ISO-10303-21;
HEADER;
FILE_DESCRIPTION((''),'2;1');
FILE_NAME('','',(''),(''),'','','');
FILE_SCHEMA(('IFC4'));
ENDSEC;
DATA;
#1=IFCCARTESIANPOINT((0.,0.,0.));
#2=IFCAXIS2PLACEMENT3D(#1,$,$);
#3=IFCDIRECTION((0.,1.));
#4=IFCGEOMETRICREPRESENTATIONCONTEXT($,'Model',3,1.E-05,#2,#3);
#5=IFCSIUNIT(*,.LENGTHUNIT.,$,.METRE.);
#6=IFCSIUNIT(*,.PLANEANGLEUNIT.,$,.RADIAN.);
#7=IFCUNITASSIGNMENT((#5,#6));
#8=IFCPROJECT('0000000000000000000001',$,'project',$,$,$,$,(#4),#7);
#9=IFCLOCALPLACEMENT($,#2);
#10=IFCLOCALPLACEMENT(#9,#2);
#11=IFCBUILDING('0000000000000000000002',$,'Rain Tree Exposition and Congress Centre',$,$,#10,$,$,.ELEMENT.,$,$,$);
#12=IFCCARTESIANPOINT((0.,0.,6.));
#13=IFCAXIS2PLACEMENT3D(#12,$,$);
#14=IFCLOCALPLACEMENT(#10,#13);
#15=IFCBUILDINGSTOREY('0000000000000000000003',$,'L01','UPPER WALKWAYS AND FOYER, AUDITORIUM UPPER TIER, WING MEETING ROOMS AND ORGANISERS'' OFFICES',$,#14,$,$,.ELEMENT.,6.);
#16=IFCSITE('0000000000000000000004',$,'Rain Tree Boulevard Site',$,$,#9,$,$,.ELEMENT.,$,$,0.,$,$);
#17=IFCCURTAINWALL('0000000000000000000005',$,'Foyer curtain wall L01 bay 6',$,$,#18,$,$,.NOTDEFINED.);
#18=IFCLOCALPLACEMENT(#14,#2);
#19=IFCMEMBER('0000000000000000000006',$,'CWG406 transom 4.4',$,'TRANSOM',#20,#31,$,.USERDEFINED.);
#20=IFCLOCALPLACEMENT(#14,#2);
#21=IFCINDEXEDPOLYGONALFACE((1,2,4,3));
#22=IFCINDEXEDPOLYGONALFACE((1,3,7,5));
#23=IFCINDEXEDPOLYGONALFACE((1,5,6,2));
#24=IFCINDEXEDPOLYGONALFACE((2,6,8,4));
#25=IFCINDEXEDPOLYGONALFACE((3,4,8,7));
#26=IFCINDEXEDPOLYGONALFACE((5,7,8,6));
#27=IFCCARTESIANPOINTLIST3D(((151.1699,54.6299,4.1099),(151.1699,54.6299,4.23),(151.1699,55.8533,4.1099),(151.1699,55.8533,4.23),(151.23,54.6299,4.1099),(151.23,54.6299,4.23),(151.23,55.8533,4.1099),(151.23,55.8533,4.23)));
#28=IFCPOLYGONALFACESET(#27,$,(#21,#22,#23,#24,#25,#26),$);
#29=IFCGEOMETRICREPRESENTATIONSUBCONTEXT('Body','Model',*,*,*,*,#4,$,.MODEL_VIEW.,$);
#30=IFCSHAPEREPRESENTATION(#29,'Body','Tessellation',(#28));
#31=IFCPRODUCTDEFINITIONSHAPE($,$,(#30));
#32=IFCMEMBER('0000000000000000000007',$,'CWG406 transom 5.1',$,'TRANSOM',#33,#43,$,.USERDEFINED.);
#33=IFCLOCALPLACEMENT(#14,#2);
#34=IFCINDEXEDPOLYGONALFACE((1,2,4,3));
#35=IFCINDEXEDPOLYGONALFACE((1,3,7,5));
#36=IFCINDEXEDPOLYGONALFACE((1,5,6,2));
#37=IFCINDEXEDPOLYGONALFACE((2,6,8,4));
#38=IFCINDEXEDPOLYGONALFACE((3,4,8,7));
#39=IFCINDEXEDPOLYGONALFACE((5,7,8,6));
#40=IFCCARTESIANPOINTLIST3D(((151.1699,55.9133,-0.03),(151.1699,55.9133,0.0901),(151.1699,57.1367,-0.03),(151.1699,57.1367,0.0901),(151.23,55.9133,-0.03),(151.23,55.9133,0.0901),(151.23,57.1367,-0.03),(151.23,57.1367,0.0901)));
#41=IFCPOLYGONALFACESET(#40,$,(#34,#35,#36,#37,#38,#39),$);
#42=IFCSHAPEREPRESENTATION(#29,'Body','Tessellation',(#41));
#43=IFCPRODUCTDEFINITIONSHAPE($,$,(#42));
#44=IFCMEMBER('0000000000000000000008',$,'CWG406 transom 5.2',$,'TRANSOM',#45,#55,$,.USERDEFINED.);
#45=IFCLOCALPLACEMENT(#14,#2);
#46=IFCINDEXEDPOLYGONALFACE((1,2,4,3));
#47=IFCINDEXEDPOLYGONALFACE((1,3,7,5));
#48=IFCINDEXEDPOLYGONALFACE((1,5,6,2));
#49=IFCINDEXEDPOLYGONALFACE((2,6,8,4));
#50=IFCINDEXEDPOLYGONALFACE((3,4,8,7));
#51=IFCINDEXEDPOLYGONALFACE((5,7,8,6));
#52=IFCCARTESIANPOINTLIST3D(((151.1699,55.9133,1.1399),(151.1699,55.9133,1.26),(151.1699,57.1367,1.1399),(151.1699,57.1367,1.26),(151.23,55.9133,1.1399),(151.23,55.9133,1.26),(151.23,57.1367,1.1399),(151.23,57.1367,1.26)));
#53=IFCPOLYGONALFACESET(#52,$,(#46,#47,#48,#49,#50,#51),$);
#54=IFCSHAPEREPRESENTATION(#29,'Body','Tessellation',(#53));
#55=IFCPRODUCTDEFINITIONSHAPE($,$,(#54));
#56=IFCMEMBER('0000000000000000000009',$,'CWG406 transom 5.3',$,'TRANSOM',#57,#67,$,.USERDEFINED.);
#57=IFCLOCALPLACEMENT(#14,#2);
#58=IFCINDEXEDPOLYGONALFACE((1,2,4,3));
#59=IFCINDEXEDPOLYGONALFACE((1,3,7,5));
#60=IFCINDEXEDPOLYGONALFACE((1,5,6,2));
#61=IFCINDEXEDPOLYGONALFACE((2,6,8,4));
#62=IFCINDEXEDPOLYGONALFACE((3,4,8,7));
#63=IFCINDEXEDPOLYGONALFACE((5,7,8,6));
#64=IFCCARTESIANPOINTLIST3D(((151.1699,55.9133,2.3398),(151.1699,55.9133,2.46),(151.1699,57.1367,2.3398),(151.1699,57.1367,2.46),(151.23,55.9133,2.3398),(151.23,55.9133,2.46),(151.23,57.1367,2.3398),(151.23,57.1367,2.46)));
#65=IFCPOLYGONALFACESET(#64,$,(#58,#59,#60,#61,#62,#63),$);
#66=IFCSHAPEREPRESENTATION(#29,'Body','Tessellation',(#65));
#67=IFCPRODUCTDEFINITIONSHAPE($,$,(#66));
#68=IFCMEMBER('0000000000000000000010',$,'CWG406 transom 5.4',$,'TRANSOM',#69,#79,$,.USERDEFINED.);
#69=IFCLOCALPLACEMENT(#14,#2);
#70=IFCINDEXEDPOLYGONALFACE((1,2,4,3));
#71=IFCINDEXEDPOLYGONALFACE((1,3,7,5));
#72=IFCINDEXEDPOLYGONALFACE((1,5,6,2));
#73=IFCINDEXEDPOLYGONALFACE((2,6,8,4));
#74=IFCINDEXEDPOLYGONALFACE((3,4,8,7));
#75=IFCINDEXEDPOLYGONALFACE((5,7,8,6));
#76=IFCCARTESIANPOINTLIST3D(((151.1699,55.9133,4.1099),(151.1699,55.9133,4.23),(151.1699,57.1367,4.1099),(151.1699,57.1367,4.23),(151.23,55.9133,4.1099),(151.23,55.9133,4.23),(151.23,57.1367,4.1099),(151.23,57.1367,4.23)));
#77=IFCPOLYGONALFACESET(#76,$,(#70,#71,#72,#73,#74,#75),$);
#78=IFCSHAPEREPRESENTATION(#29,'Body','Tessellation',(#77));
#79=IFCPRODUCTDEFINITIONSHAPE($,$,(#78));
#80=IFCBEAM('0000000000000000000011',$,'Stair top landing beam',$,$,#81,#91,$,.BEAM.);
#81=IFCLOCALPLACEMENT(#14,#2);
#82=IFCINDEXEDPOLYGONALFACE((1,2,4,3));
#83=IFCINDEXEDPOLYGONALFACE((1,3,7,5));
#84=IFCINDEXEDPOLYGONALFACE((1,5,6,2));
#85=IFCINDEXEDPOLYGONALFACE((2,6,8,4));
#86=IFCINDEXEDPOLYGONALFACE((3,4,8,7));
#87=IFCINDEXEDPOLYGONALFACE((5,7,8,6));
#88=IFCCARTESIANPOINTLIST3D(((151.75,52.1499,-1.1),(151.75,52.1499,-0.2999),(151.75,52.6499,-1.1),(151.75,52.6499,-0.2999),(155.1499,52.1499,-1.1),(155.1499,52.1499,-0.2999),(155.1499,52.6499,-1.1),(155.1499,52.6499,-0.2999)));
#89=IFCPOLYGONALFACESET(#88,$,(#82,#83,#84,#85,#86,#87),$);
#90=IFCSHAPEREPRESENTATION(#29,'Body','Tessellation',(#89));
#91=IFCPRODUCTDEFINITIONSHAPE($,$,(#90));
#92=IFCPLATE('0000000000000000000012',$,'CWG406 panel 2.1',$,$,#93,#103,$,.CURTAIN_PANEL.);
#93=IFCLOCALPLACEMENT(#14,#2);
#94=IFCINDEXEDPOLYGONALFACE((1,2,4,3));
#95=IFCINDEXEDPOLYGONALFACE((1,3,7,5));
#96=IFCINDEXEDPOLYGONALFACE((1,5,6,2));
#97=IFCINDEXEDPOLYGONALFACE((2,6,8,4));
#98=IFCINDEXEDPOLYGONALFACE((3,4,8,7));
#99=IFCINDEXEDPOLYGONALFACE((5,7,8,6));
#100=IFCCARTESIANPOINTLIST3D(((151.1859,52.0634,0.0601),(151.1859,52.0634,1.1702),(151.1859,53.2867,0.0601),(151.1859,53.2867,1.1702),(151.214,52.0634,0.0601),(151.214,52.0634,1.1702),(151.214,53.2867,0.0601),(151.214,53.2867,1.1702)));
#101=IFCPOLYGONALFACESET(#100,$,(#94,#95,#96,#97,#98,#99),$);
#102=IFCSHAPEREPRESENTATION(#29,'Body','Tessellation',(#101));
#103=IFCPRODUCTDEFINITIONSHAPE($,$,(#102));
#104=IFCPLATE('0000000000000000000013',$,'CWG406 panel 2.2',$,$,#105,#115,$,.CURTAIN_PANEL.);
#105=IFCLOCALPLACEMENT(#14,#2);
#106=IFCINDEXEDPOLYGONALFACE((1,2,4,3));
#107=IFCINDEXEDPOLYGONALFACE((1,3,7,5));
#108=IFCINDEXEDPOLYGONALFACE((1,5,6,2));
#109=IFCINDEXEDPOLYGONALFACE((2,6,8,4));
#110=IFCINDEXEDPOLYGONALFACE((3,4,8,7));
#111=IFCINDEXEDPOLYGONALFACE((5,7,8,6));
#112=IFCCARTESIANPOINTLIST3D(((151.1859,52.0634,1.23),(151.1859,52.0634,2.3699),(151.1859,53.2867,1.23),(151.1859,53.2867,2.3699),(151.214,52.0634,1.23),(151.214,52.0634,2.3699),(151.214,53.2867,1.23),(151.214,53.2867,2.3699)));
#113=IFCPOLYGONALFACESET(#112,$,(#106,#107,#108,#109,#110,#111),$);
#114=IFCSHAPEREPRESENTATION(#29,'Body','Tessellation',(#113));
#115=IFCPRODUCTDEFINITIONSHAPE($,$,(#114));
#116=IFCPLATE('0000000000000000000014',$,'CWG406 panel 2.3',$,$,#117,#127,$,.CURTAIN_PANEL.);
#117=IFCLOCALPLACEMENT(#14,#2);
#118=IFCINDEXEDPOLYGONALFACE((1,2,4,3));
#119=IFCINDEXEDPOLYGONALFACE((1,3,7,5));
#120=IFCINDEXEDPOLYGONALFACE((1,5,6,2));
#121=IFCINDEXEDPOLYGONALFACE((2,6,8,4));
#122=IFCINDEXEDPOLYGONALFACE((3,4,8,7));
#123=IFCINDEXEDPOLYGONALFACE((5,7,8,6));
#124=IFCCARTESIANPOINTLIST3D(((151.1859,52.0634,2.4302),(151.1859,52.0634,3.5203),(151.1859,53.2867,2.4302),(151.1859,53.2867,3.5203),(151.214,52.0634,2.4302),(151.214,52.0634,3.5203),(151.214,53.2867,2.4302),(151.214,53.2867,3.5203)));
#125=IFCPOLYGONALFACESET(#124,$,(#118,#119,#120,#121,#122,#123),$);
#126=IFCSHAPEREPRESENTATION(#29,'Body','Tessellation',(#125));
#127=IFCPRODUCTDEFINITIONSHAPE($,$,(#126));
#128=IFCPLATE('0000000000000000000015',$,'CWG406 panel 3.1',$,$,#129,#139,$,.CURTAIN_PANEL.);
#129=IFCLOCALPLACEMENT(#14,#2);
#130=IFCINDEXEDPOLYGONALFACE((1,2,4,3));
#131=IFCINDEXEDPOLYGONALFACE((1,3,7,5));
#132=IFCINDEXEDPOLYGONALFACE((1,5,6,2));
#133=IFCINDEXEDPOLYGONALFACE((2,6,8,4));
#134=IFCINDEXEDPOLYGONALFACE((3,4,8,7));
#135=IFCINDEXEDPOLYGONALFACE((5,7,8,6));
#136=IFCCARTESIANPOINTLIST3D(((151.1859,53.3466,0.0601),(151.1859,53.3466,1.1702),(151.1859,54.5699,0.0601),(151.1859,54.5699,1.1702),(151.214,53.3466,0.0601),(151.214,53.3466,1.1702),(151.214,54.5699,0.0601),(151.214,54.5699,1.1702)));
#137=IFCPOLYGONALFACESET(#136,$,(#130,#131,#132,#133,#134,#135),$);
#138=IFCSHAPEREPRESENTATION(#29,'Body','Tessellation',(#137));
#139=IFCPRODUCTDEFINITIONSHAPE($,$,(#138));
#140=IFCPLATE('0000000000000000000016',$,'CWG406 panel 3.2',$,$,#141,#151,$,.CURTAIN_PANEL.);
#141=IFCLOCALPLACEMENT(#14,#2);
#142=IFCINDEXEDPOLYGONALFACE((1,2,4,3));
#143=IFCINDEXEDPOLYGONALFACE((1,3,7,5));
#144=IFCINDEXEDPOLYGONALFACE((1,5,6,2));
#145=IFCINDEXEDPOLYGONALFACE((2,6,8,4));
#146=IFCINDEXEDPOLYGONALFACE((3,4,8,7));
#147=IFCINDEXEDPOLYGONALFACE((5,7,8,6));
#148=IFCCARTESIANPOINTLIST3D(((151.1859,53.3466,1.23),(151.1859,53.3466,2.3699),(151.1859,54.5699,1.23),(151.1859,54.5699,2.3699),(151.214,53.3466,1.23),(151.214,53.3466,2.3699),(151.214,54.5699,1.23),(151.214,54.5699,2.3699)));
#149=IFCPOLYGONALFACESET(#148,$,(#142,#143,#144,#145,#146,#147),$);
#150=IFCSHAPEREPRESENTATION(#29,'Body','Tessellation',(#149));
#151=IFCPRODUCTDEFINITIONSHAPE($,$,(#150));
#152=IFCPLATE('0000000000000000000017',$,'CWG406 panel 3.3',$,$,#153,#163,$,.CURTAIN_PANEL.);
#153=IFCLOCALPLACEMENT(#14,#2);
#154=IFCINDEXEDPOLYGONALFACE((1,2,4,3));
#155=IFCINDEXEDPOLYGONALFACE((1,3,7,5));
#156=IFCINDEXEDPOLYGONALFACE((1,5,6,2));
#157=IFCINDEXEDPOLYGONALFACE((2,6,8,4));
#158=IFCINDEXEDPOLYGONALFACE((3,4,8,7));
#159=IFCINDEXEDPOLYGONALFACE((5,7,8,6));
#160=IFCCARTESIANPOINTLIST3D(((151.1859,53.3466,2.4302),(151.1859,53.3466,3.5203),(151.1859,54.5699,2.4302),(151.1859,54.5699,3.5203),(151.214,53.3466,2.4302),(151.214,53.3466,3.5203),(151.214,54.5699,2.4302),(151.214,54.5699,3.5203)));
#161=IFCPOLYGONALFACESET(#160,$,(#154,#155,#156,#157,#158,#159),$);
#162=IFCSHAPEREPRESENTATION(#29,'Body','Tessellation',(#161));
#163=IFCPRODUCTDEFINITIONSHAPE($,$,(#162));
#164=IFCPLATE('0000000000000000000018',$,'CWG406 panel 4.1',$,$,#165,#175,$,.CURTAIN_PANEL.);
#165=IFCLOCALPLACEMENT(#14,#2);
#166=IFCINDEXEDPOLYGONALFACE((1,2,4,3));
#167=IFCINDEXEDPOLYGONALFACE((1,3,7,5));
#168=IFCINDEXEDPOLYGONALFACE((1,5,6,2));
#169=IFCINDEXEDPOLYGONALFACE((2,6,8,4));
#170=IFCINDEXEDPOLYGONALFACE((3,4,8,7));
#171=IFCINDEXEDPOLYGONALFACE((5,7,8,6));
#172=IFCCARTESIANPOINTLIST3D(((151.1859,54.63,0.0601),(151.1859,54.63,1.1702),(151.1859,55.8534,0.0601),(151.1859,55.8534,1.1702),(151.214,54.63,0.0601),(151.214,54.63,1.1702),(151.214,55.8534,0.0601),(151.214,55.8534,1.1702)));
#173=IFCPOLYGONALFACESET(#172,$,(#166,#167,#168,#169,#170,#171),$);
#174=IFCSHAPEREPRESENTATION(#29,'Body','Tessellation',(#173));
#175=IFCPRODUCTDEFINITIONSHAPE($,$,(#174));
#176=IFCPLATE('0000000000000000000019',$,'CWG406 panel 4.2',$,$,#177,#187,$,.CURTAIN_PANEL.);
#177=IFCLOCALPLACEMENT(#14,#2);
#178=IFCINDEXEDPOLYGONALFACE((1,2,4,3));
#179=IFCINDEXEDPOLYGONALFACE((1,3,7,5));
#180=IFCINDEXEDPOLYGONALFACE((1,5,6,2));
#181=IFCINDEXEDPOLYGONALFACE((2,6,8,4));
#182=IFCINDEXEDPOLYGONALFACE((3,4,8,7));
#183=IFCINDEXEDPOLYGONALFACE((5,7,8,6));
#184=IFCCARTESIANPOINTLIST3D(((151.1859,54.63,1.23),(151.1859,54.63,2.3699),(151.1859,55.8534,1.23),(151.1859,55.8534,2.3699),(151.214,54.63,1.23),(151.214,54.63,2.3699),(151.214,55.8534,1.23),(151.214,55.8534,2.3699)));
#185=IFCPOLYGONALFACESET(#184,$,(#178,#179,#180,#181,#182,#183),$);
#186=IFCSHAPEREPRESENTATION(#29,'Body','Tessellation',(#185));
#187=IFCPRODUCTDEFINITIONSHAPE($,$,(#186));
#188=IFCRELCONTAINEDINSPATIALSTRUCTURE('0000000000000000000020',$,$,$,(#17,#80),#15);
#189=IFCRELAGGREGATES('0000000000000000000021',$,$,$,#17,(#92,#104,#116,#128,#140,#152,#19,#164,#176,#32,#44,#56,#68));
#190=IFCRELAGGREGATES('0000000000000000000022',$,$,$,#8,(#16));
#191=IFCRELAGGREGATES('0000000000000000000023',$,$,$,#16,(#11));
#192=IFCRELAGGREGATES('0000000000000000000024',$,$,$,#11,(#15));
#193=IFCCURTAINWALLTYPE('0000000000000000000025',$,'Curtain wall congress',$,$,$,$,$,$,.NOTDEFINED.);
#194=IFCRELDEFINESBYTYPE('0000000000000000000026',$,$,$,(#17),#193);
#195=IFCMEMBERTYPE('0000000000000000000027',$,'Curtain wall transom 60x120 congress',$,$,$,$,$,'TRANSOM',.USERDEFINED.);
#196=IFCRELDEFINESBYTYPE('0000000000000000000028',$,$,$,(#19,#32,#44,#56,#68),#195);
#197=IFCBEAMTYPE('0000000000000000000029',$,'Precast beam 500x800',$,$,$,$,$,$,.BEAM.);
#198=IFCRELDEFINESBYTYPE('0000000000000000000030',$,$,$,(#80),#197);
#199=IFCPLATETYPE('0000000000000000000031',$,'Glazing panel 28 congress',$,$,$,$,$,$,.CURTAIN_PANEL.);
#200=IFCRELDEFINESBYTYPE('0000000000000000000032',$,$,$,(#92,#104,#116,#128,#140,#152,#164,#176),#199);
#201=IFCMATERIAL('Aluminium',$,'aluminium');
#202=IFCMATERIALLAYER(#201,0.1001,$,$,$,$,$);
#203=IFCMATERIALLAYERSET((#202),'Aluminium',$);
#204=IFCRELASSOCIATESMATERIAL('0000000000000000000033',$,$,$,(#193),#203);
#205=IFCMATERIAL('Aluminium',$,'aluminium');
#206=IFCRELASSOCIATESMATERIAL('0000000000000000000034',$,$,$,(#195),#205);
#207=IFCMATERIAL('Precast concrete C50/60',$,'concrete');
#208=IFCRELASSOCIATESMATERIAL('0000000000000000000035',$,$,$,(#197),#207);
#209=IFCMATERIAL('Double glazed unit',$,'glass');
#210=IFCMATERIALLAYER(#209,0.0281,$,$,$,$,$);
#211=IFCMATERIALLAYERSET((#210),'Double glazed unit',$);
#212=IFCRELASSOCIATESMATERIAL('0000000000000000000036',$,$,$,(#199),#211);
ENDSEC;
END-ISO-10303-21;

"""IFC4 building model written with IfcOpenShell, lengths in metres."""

from ifc_helpers import new_model, si_unit, direction, frame, origin, origin_2d, place, context, subcontext, project, spatial, rectangle, extrude, material, layer, layer_set, material_profile, profile_set, type_object, element, aggregate, save


model = new_model("IFC4")

# Units and contexts
model_context = context("Model", 3, precision=1e-05, world=origin(), true_north=direction((0.0, 1.0)))
body_context = subcontext(model_context, "Body", "Model", "MODEL_VIEW")
ifc_project = project(units=[si_unit("LENGTHUNIT", "METRE"), si_unit("PLANEANGLEUNIT", "RADIAN")], contexts=[model_context])

# Site, building, storey
site_placement = place(None, origin())
site = spatial("IfcSite", under=ifc_project, at=site_placement, Name="Rain Tree Boulevard Site", CompositionType="ELEMENT", RefElevation=0.0)
building_placement = place(site_placement, origin())
building = spatial("IfcBuilding", under=site, at=building_placement, Name="Rain Tree Exposition and Congress Centre", CompositionType="ELEMENT")
storey_placement = place(building_placement, frame((0.0, 0.0, 6.0)))
storey = spatial("IfcBuildingStorey", under=building, at=storey_placement, Name="L01", Description="UPPER WALKWAYS AND FOYER, AUDITORIUM UPPER TIER, WING MEETING ROOMS AND ORGANISERS' OFFICES", CompositionType="ELEMENT", Elevation=6.0)

# Curtain wall, members
ifc_material_1 = material(Name="Aluminium", Category="aluminium")
ifc_layer_1 = layer(ifc_material_1, 0.1001)
ifc_layer_set_1 = layer_set([ifc_layer_1], Name="Aluminium")
curtain_wall_type = type_object("IfcCurtainWallType", Name="Curtain wall congress", PredefinedType="NOTDEFINED", material=ifc_layer_set_1)
curtain_wall_placement = place(storey_placement, origin())
curtain_wall = element("IfcCurtainWall", 1, at=curtain_wall_placement, inside=storey, type_object=curtain_wall_type, Name="Foyer curtain wall L01 bay 6", PredefinedType="NOTDEFINED")
ifc_material_2 = material(Name="Aluminium", Category="aluminium")
ifc_material_profile_1 = material_profile(ifc_material_2, rectangle(XDim=0.0601, YDim=0.1201, at=origin_2d()), Name="AL 60x120")
ifc_profile_set_1 = profile_set([ifc_material_profile_1], Name="Aluminium")
member_type_1 = type_object("IfcMemberType", Name="Curtain wall transom 60x120 congress", ElementType="TRANSOM", PredefinedType="USERDEFINED", material=ifc_profile_set_1)
member_1_placement = place(storey_placement, frame((151.2, 54.6299, 4.1699), z_axis=(0.0, 1.0, 0.0), x_axis=(-1.0, 0.0, 0.0)))
member_1 = element("IfcMember", 2, at=member_1_placement, type_object=member_type_1, Name="CWG406 transom 4.4", ObjectType="TRANSOM", PredefinedType="USERDEFINED", context=body_context, shape_type="SweptSolid", body=[
    extrude(rectangle(XDim=0.0601, YDim=0.1201, at=origin_2d()), origin(), (0.0, 0.0, 1.0), 1.2234),
])
member_2_placement = place(storey_placement, frame((151.2, 55.9133, 0.03), z_axis=(0.0, 1.0, 0.0), x_axis=(-1.0, 0.0, 0.0)))
member_2 = element("IfcMember", 3, at=member_2_placement, type_object=member_type_1, Name="CWG406 transom 5.1", ObjectType="TRANSOM", PredefinedType="USERDEFINED", context=body_context, shape_type="SweptSolid", body=[
    extrude(rectangle(XDim=0.0601, YDim=0.1201, at=origin_2d()), origin(), (0.0, 0.0, 1.0), 1.2234),
])
member_3_placement = place(storey_placement, frame((151.2, 55.9133, 1.2), z_axis=(0.0, 1.0, 0.0), x_axis=(-1.0, 0.0, 0.0)))
member_3 = element("IfcMember", 4, at=member_3_placement, type_object=member_type_1, Name="CWG406 transom 5.2", ObjectType="TRANSOM", PredefinedType="USERDEFINED", context=body_context, shape_type="SweptSolid", body=[
    extrude(rectangle(XDim=0.0601, YDim=0.1201, at=origin_2d()), origin(), (0.0, 0.0, 1.0), 1.2234),
])
member_4_placement = place(storey_placement, frame((151.2, 55.9133, 2.3999), z_axis=(0.0, 1.0, 0.0), x_axis=(-1.0, 0.0, 0.0)))
member_4 = element("IfcMember", 5, at=member_4_placement, type_object=member_type_1, Name="CWG406 transom 5.3", ObjectType="TRANSOM", PredefinedType="USERDEFINED", context=body_context, shape_type="SweptSolid", body=[
    extrude(rectangle(XDim=0.0601, YDim=0.1201, at=origin_2d()), origin(), (0.0, 0.0, 1.0), 1.2234),
])
member_5_placement = place(storey_placement, frame((151.2, 55.9133, 4.1699), z_axis=(0.0, 1.0, 0.0), x_axis=(-1.0, 0.0, 0.0)))
member_5 = element("IfcMember", 6, at=member_5_placement, type_object=member_type_1, Name="CWG406 transom 5.4", ObjectType="TRANSOM", PredefinedType="USERDEFINED", context=body_context, shape_type="SweptSolid", body=[
    extrude(rectangle(XDim=0.0601, YDim=0.1201, at=origin_2d()), origin(), (0.0, 0.0, 1.0), 1.2234),
])

# Beam
ifc_material_3 = material(Name="Precast concrete C50/60", Category="concrete")
ifc_material_profile_2 = material_profile(ifc_material_3, rectangle(XDim=0.5, YDim=0.8, at=origin_2d()), Name="RC 500x800")
ifc_profile_set_2 = profile_set([ifc_material_profile_2], Name="Precast concrete C50/60")
beam_type = type_object("IfcBeamType", Name="Precast beam 500x800", PredefinedType="BEAM", material=ifc_profile_set_2)
beam_placement = place(storey_placement, frame((151.75, 52.3999, -0.7), z_axis=(1.0, 0.0, 0.0), x_axis=(0.0, 1.0, 0.0)))
element("IfcBeam", 7, at=beam_placement, inside=storey, type_object=beam_type, Name="Stair top landing beam", PredefinedType="BEAM", context=body_context, shape_type="SweptSolid", body=[
    extrude(rectangle(XDim=0.5, YDim=0.8, at=origin_2d()), origin(), (0.0, 0.0, 1.0), 3.3999),
])

# Plates
ifc_material_4 = material(Name="Double glazed unit", Category="glass")
ifc_layer_2 = layer(ifc_material_4, 0.0281)
ifc_layer_set_2 = layer_set([ifc_layer_2], Name="Double glazed unit")
plate_type = type_object("IfcPlateType", Name="Glazing panel 28 congress", PredefinedType="CURTAIN_PANEL", material=ifc_layer_set_2)
plate_1_placement = place(storey_placement, frame((151.2, 52.675, 0.0601), z_axis=(0.0, 0.0, 1.0), x_axis=(0.0, 1.0, 0.0)))
plate_1 = element("IfcPlate", 8, at=plate_1_placement, type_object=plate_type, Name="CWG406 panel 2.1", PredefinedType="CURTAIN_PANEL", context=body_context, shape_type="SweptSolid", body=[
    extrude(rectangle(XDim=1.2234, YDim=0.0281, at=origin_2d()), origin(), (0.0, 0.0, 1.0), 1.1101),
])
plate_2_placement = place(storey_placement, frame((151.2, 52.675, 1.23), z_axis=(0.0, 0.0, 1.0), x_axis=(0.0, 1.0, 0.0)))
plate_2 = element("IfcPlate", 9, at=plate_2_placement, type_object=plate_type, Name="CWG406 panel 2.2", PredefinedType="CURTAIN_PANEL", context=body_context, shape_type="SweptSolid", body=[
    extrude(rectangle(XDim=1.2234, YDim=0.0281, at=origin_2d()), origin(), (0.0, 0.0, 1.0), 1.1399),
])
plate_3_placement = place(storey_placement, frame((151.2, 52.675, 2.4302), z_axis=(0.0, 0.0, 1.0), x_axis=(0.0, 1.0, 0.0)))
plate_3 = element("IfcPlate", 10, at=plate_3_placement, type_object=plate_type, Name="CWG406 panel 2.3", PredefinedType="CURTAIN_PANEL", context=body_context, shape_type="SweptSolid", body=[
    extrude(rectangle(XDim=1.2234, YDim=0.0281, at=origin_2d()), origin(), (0.0, 0.0, 1.0), 1.0901),
])
plate_4_placement = place(storey_placement, frame((151.2, 53.9583, 0.0601), z_axis=(0.0, 0.0, 1.0), x_axis=(0.0, 1.0, 0.0)))
plate_4 = element("IfcPlate", 11, at=plate_4_placement, type_object=plate_type, Name="CWG406 panel 3.1", PredefinedType="CURTAIN_PANEL", context=body_context, shape_type="SweptSolid", body=[
    extrude(rectangle(XDim=1.2234, YDim=0.0281, at=origin_2d()), origin(), (0.0, 0.0, 1.0), 1.1101),
])
plate_5_placement = place(storey_placement, frame((151.2, 53.9583, 1.23), z_axis=(0.0, 0.0, 1.0), x_axis=(0.0, 1.0, 0.0)))
plate_5 = element("IfcPlate", 12, at=plate_5_placement, type_object=plate_type, Name="CWG406 panel 3.2", PredefinedType="CURTAIN_PANEL", context=body_context, shape_type="SweptSolid", body=[
    extrude(rectangle(XDim=1.2234, YDim=0.0281, at=origin_2d()), origin(), (0.0, 0.0, 1.0), 1.1399),
])
plate_6_placement = place(storey_placement, frame((151.2, 53.9583, 2.4302), z_axis=(0.0, 0.0, 1.0), x_axis=(0.0, 1.0, 0.0)))
plate_6 = element("IfcPlate", 13, at=plate_6_placement, type_object=plate_type, Name="CWG406 panel 3.3", PredefinedType="CURTAIN_PANEL", context=body_context, shape_type="SweptSolid", body=[
    extrude(rectangle(XDim=1.2234, YDim=0.0281, at=origin_2d()), origin(), (0.0, 0.0, 1.0), 1.0901),
])
plate_7_placement = place(storey_placement, frame((151.2, 55.2417, 0.0601), z_axis=(0.0, 0.0, 1.0), x_axis=(0.0, 1.0, 0.0)))
plate_7 = element("IfcPlate", 14, at=plate_7_placement, type_object=plate_type, Name="CWG406 panel 4.1", PredefinedType="CURTAIN_PANEL", context=body_context, shape_type="SweptSolid", body=[
    extrude(rectangle(XDim=1.2234, YDim=0.0281, at=origin_2d()), origin(), (0.0, 0.0, 1.0), 1.1101),
])
plate_8_placement = place(storey_placement, frame((151.2, 55.2417, 1.23), z_axis=(0.0, 0.0, 1.0), x_axis=(0.0, 1.0, 0.0)))
plate_8 = element("IfcPlate", 15, at=plate_8_placement, type_object=plate_type, Name="CWG406 panel 4.2", PredefinedType="CURTAIN_PANEL", context=body_context, shape_type="SweptSolid", body=[
    extrude(rectangle(XDim=1.2234, YDim=0.0281, at=origin_2d()), origin(), (0.0, 0.0, 1.0), 1.1399),
])
aggregate(curtain_wall, [plate_1, plate_2, plate_3, plate_4, plate_5, plate_6, member_1, plate_7, plate_8, member_2, member_3, member_4, member_5])

save(model, "model.ifc")
